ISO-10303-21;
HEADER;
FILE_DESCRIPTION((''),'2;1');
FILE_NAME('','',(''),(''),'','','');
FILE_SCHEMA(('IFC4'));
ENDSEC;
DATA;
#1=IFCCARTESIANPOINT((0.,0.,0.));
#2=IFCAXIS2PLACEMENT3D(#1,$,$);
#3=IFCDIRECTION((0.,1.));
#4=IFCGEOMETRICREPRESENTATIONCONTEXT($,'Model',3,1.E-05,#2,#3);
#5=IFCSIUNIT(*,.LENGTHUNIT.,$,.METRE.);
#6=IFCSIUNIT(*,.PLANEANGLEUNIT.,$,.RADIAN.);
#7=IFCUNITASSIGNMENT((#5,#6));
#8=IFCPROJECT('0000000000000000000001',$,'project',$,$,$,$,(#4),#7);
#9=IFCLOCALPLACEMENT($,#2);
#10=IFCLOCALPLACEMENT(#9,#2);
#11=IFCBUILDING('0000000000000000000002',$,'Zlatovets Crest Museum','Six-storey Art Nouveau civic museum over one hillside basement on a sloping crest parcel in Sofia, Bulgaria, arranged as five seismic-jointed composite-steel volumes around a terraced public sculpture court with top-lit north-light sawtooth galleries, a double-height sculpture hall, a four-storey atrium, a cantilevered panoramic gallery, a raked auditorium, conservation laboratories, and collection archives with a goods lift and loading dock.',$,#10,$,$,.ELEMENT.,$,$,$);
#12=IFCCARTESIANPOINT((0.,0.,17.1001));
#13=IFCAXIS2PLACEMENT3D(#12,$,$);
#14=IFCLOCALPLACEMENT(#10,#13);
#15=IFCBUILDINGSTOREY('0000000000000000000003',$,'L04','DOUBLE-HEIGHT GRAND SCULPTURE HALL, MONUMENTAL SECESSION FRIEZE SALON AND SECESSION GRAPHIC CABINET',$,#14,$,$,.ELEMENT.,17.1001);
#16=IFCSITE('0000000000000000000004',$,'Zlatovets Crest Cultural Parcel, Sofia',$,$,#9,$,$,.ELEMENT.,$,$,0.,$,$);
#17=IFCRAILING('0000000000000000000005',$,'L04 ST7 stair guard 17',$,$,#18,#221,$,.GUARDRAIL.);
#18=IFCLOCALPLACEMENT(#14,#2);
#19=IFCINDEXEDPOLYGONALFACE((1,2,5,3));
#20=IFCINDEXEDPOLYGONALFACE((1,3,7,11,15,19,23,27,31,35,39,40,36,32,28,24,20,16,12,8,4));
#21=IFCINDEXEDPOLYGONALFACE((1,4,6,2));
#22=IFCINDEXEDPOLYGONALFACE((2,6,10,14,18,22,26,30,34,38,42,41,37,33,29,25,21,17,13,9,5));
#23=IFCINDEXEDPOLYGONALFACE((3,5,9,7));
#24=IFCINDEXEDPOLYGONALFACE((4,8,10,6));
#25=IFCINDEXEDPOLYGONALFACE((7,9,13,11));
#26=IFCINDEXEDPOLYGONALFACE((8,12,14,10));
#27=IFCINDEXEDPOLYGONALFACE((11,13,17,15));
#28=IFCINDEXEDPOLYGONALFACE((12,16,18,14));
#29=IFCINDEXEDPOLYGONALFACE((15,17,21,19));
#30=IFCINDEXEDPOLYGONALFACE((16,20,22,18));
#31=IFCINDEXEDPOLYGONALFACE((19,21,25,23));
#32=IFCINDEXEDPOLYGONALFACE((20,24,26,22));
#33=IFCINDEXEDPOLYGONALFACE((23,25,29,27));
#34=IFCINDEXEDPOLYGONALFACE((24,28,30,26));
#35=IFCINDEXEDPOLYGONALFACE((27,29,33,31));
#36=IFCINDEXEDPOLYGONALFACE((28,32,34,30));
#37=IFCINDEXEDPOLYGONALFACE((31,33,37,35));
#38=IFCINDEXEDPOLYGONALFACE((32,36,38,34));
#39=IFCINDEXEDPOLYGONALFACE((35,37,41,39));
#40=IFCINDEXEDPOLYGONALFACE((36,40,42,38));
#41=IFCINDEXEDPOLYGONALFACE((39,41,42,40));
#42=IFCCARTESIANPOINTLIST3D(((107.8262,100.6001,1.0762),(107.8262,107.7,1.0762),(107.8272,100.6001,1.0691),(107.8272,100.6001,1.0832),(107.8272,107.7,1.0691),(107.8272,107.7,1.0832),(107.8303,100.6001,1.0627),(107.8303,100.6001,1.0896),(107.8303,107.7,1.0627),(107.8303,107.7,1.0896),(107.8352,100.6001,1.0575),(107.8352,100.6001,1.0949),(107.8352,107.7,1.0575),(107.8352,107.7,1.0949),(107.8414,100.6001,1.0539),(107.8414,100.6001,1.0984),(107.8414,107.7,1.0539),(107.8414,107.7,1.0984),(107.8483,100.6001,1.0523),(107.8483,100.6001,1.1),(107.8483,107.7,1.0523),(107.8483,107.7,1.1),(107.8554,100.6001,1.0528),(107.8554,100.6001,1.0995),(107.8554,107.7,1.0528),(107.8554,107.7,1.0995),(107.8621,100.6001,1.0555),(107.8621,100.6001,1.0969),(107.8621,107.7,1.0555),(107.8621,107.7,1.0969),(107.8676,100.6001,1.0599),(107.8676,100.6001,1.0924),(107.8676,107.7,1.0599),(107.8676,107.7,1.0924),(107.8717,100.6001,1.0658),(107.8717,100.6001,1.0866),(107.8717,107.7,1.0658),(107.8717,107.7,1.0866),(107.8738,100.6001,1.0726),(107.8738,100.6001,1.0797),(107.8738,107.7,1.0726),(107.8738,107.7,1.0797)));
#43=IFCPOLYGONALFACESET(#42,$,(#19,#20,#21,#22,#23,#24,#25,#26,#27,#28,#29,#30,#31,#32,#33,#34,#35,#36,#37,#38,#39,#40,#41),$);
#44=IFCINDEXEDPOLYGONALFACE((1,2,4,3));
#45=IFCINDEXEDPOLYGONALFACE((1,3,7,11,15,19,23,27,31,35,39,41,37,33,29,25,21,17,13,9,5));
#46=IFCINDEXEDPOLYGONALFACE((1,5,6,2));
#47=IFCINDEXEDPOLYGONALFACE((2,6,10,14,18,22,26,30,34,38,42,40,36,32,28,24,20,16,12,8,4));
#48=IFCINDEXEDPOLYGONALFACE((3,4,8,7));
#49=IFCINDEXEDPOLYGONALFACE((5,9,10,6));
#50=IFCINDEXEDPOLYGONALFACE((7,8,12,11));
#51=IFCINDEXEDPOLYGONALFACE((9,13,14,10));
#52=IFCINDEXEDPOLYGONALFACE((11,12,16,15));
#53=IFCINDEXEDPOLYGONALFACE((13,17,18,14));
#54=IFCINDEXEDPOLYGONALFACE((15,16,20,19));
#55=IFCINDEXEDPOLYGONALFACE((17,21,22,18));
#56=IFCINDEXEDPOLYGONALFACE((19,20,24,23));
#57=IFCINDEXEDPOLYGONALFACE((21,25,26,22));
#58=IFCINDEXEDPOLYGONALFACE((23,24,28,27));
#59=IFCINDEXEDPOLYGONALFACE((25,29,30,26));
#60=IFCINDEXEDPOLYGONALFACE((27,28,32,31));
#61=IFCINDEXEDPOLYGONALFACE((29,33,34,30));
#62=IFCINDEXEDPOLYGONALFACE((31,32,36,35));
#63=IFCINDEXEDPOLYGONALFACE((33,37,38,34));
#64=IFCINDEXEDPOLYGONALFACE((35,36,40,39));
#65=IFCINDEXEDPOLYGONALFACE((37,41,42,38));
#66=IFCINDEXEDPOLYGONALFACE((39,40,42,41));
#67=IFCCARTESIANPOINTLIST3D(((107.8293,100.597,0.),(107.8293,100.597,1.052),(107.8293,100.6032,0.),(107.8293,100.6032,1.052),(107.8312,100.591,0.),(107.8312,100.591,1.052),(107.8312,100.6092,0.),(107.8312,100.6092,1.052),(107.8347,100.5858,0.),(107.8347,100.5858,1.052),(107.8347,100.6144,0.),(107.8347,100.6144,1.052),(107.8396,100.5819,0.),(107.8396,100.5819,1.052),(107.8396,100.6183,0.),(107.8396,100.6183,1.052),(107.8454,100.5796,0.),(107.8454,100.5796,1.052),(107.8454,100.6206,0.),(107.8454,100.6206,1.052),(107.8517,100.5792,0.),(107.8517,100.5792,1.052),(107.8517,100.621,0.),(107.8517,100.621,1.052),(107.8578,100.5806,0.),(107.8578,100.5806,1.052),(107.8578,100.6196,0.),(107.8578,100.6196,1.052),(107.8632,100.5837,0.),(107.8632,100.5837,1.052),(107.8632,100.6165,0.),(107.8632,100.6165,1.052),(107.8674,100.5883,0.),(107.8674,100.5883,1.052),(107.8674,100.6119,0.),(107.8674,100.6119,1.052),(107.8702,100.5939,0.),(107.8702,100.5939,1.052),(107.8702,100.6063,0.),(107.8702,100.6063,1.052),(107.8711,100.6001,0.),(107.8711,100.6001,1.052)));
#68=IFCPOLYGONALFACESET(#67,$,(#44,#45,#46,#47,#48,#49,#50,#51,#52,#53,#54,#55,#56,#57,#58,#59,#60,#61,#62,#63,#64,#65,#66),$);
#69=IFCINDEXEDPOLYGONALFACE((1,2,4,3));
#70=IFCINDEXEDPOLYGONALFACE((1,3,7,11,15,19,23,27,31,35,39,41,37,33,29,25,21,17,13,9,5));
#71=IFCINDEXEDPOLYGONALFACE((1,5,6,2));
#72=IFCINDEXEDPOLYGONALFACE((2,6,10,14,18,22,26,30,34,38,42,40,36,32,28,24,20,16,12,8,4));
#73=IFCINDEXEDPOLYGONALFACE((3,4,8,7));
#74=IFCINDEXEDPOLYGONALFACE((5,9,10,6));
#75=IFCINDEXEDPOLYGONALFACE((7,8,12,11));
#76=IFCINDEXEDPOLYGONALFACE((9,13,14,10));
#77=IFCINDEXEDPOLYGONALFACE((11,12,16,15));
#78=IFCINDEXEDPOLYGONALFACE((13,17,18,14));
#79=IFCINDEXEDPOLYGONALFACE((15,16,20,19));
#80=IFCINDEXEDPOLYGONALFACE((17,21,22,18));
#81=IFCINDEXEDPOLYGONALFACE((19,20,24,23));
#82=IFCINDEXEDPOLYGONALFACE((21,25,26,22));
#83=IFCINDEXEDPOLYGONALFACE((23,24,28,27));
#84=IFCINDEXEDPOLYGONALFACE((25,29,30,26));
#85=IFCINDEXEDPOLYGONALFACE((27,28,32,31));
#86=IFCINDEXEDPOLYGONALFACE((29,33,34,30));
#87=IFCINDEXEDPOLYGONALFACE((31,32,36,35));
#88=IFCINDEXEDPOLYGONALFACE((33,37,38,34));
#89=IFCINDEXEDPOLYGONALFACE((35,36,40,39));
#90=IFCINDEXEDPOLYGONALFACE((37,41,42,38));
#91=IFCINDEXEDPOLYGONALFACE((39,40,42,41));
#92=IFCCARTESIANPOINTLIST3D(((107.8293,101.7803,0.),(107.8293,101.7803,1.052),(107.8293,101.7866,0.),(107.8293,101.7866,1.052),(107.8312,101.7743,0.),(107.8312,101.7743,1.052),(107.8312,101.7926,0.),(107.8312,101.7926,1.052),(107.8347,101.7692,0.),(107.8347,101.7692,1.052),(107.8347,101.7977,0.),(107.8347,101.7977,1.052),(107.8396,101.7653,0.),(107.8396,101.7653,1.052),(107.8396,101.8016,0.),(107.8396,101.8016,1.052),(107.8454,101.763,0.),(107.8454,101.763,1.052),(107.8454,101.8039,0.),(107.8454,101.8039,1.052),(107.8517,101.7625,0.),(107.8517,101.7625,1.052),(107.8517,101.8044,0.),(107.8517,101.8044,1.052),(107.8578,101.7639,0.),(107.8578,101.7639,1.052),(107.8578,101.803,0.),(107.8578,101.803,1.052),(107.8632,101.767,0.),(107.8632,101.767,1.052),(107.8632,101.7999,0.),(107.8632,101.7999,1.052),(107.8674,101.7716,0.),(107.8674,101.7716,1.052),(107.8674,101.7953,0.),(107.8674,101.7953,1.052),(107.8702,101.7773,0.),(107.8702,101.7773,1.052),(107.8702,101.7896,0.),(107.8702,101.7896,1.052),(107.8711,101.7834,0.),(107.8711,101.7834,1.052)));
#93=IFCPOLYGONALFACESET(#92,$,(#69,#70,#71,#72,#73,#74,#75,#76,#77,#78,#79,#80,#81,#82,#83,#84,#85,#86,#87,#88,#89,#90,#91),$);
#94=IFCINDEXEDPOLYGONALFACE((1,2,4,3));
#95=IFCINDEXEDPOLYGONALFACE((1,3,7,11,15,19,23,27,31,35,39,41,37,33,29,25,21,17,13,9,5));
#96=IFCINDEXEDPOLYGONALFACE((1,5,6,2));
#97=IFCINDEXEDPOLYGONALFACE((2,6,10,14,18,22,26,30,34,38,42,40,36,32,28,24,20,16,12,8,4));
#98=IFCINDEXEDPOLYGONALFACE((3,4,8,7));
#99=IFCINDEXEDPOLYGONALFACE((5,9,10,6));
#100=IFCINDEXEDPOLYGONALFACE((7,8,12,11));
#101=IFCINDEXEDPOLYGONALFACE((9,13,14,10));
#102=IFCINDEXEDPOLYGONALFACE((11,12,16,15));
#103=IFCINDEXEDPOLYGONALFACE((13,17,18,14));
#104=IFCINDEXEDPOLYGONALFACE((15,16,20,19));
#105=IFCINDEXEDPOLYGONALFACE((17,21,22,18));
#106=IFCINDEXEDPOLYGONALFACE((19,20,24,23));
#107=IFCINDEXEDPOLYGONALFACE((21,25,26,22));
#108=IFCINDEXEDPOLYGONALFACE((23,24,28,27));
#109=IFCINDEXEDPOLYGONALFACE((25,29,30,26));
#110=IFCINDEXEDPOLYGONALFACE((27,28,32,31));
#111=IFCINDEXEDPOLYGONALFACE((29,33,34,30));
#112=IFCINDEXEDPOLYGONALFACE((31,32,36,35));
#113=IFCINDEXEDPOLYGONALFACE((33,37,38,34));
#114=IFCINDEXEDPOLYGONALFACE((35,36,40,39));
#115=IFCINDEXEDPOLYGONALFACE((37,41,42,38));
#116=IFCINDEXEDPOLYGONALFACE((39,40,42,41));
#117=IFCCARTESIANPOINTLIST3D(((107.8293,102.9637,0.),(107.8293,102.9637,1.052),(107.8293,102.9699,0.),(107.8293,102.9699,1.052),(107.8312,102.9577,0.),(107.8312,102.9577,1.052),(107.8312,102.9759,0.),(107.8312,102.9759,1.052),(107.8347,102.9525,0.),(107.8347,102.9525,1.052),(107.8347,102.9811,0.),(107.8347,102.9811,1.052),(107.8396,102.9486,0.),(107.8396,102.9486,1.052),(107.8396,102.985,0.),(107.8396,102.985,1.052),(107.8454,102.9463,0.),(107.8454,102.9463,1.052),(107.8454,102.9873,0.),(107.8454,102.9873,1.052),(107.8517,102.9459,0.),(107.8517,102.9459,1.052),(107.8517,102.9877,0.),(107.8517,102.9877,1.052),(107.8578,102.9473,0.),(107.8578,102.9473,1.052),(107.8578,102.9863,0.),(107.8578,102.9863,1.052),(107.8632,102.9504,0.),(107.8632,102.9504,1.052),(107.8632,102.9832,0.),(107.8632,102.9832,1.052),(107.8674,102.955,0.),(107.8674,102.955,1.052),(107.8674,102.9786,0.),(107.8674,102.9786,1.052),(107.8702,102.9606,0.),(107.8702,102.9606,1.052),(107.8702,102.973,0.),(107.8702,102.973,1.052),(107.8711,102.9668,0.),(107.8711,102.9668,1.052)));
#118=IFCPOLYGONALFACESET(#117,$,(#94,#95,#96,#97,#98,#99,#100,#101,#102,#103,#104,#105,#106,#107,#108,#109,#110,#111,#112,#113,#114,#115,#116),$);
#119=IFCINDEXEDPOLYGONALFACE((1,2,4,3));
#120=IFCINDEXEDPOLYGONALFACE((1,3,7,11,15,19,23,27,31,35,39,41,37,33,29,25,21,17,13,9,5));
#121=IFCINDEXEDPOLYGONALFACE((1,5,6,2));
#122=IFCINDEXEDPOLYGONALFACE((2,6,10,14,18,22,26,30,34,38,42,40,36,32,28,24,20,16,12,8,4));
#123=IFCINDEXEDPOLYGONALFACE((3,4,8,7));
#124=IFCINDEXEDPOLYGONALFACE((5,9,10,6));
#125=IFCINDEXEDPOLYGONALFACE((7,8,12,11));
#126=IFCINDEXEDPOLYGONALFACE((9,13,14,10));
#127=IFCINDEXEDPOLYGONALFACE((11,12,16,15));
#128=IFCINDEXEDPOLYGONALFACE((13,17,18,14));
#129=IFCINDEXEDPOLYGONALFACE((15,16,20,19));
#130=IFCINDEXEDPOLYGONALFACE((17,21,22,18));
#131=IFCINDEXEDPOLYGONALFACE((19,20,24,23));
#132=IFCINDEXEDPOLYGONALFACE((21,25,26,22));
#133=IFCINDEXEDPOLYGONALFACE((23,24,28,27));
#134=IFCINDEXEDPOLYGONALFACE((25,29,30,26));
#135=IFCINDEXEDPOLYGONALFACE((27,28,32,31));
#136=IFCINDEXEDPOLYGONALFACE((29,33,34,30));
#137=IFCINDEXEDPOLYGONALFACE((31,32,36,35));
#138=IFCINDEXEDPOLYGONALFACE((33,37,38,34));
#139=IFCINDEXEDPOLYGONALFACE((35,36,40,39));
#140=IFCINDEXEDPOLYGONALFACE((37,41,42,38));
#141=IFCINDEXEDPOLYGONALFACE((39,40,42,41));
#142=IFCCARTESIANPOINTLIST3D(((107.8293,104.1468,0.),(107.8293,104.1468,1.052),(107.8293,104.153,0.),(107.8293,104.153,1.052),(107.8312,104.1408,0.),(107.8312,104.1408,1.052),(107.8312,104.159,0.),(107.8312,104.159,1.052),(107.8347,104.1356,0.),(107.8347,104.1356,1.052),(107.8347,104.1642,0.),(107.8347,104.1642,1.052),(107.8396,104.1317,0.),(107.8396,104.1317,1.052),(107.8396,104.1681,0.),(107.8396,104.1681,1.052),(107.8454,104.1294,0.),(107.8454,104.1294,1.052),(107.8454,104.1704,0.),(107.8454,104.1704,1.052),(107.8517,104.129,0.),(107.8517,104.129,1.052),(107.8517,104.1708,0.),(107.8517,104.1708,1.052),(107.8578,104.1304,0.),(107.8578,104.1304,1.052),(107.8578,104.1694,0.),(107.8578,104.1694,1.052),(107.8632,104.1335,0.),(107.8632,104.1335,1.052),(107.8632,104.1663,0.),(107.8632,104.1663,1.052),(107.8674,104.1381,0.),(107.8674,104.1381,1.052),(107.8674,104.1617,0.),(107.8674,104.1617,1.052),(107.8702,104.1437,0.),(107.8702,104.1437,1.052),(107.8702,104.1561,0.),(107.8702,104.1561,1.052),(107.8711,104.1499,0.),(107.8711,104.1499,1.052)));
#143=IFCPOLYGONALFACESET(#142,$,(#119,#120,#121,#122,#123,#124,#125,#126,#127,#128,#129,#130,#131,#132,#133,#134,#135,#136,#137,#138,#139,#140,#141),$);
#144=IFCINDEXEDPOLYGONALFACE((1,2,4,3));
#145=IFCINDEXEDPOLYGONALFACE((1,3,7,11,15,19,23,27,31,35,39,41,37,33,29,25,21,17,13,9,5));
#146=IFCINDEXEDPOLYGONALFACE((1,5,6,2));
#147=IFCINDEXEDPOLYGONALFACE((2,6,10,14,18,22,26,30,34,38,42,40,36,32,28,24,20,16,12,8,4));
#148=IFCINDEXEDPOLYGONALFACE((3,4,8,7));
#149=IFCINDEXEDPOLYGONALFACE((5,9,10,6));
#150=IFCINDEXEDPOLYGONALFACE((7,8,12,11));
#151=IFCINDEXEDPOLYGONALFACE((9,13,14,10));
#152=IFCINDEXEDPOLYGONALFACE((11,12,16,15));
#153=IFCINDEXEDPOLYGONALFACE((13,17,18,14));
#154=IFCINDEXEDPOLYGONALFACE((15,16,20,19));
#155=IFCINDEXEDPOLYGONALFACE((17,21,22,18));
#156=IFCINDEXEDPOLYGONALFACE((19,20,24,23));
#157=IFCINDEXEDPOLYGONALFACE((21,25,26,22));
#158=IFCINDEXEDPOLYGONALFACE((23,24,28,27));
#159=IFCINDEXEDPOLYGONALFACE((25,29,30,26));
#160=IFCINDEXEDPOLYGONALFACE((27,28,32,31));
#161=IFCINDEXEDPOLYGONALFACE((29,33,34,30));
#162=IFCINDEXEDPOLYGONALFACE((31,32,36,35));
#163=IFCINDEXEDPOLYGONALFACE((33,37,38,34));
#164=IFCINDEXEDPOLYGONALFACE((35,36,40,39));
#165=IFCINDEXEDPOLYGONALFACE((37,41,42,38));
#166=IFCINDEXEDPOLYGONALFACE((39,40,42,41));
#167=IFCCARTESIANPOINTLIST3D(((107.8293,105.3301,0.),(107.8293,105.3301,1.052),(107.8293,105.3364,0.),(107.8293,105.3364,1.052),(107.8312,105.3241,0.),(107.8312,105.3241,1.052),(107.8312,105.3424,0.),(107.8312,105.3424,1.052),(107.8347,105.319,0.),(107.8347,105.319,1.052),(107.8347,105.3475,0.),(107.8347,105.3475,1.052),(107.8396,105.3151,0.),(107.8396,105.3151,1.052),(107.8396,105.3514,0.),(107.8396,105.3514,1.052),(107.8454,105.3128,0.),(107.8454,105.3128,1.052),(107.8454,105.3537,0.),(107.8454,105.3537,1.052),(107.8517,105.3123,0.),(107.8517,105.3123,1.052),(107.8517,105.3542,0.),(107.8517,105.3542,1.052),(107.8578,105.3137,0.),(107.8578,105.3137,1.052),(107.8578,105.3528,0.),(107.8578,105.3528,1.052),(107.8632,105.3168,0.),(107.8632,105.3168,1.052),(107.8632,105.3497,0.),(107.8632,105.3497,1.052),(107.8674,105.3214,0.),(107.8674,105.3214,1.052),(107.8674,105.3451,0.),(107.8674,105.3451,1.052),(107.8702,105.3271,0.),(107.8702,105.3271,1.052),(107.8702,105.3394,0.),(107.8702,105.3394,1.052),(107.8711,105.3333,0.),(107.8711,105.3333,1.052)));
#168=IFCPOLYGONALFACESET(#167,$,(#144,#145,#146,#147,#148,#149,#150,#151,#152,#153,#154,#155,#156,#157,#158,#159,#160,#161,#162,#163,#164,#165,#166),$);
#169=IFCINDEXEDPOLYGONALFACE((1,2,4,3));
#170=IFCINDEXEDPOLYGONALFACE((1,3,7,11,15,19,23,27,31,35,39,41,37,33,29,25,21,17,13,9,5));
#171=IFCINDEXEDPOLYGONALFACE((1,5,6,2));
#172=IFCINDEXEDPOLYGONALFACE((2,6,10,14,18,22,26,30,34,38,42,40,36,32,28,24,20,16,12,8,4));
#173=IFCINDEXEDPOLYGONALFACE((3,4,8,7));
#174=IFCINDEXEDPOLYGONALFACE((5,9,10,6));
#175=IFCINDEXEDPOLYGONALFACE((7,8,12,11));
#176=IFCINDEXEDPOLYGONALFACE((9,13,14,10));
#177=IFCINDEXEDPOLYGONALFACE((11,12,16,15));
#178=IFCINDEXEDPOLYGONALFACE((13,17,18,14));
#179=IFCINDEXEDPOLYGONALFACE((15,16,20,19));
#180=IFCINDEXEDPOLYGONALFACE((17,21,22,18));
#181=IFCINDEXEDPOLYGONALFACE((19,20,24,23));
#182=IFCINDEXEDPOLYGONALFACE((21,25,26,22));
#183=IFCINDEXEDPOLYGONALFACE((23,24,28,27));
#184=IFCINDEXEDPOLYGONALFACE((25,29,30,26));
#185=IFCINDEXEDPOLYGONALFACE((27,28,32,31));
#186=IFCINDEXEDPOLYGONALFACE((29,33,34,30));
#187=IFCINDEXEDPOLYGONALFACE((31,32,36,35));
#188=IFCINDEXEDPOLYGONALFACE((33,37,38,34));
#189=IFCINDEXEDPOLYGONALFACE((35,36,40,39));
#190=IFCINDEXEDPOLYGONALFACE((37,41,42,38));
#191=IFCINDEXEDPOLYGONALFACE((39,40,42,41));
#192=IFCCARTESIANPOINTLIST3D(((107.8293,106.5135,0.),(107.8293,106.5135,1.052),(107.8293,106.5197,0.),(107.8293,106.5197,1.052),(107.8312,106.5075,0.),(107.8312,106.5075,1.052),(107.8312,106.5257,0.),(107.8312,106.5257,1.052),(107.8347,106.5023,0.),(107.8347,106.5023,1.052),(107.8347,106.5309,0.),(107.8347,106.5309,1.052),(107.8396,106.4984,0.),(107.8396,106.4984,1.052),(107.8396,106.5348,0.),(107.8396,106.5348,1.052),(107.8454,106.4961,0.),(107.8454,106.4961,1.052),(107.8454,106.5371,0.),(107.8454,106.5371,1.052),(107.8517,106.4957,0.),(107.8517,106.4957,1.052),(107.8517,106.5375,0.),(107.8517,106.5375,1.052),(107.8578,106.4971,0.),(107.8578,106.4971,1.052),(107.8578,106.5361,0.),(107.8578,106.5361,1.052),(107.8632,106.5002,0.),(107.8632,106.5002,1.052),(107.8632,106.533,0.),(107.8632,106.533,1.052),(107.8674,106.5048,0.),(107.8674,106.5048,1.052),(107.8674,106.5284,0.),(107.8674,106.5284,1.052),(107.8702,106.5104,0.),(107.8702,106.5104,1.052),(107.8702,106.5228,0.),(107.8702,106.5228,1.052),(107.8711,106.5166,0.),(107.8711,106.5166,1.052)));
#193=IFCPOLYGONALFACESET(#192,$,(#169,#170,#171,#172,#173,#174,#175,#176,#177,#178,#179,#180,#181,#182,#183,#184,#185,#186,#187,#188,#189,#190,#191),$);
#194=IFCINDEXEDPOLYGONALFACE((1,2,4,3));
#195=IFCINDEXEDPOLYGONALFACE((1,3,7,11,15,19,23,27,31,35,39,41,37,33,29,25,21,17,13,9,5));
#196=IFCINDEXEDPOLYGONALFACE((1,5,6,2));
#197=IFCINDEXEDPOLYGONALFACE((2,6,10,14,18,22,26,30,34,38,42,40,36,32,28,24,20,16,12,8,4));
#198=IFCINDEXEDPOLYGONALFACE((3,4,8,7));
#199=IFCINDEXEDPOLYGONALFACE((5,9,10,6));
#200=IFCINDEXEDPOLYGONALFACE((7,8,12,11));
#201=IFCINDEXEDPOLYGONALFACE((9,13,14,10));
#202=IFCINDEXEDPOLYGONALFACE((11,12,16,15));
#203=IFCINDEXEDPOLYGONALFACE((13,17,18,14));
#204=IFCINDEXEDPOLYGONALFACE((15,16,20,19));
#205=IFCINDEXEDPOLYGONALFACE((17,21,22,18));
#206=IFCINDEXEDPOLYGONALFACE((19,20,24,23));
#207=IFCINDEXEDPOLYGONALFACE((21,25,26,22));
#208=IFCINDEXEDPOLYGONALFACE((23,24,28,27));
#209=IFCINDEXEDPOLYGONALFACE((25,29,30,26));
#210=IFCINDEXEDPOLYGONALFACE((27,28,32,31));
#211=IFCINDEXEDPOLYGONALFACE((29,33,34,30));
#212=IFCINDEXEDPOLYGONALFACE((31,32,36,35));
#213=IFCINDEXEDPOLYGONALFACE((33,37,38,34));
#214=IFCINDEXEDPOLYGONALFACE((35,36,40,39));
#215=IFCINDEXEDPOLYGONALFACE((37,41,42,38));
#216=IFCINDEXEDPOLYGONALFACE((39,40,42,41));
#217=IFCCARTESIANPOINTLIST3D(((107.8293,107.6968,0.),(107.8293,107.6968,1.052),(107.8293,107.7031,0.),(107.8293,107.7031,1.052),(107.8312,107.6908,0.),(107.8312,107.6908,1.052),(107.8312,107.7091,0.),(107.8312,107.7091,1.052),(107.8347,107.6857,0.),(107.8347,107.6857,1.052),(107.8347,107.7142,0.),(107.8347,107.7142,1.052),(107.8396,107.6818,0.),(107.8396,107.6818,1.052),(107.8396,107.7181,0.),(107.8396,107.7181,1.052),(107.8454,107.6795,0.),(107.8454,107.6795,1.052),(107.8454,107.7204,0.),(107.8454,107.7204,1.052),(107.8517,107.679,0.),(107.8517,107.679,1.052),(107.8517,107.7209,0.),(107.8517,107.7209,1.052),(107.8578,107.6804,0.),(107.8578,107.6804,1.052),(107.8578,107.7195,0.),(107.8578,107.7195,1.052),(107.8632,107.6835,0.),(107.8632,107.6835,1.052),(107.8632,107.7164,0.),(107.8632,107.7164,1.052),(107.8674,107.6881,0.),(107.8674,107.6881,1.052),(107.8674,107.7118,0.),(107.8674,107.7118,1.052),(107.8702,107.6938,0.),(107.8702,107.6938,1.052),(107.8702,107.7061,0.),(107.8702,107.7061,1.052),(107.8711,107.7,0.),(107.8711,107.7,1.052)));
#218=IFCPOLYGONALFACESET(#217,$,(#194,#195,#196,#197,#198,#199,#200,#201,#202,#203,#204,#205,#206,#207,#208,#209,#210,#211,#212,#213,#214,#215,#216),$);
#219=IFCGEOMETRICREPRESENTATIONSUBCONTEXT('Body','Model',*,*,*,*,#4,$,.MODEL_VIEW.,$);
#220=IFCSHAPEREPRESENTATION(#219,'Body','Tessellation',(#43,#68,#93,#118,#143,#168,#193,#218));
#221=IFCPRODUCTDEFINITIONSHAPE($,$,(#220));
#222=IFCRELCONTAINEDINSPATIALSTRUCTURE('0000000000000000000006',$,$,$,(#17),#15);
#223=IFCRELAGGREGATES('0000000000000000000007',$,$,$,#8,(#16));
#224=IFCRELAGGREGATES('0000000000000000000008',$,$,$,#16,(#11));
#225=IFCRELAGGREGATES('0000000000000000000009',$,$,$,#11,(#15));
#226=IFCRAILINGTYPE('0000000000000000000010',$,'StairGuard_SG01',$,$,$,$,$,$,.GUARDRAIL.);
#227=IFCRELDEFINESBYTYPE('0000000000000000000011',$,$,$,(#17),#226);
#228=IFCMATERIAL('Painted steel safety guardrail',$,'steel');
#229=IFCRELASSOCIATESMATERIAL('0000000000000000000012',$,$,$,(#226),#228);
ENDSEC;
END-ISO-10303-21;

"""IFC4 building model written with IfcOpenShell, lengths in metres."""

from ifc_helpers import new_model, si_unit, direction, frame, origin, origin_2d, place, context, subcontext, project, spatial, circle, extrude, material, type_object, element, save


model = new_model("IFC4")

# Units and contexts
model_context = context("Model", 3, precision=1e-05, world=origin(), true_north=direction((0.0, 1.0)))
body_context = subcontext(model_context, "Body", "Model", "MODEL_VIEW")
ifc_project = project(units=[si_unit("LENGTHUNIT", "METRE"), si_unit("PLANEANGLEUNIT", "RADIAN")], contexts=[model_context])

# Site, building, storey
site_placement = place(None, origin())
site = spatial("IfcSite", under=ifc_project, at=site_placement, Name="Zlatovets Crest Cultural Parcel, Sofia", CompositionType="ELEMENT", RefElevation=0.0)
building_placement = place(site_placement, origin())
building = spatial("IfcBuilding", under=site, at=building_placement, Name="Zlatovets Crest Museum", Description="Six-storey Art Nouveau civic museum over one hillside basement on a sloping crest parcel in Sofia, Bulgaria, arranged as five seismic-jointed composite-steel volumes around a terraced public sculpture court with top-lit north-light sawtooth galleries, a double-height sculpture hall, a four-storey atrium, a cantilevered panoramic gallery, a raked auditorium, conservation laboratories, and collection archives with a goods lift and loading dock.", CompositionType="ELEMENT")
storey_placement = place(building_placement, frame((0.0, 0.0, 17.1001)))
storey = spatial("IfcBuildingStorey", under=building, at=storey_placement, Name="L04", Description="DOUBLE-HEIGHT GRAND SCULPTURE HALL, MONUMENTAL SECESSION FRIEZE SALON AND SECESSION GRAPHIC CABINET", CompositionType="ELEMENT", Elevation=17.1001)

# Railing
ifc_material_1 = material(Name="Painted steel safety guardrail", Category="steel")
railing_type = type_object("IfcRailingType", Name="StairGuard_SG01", PredefinedType="GUARDRAIL", material=ifc_material_1)
railing_placement = place(storey_placement, frame((107.8501, 100.6001, 0.0)))
element("IfcRailing", 1, at=railing_placement, inside=storey, type_object=railing_type, Name="L04 ST7 stair guard 17", PredefinedType="GUARDRAIL", context=body_context, shape_type="SweptSolid", body=[
    extrude(circle(Radius=0.0239, at=origin_2d()), frame((0.0, 0.0, 1.0762), z_axis=(0.0, 1.0, 0.0), x_axis=(-1.0, 0.0, 0.0)), (0.0, 0.0, 1.0), 7.0999),
    extrude(circle(Radius=0.021, at=origin_2d()), origin(), (0.0, 0.0, 1.0), 1.052),
    extrude(circle(Radius=0.021, at=origin_2d()), frame((0.0, 1.1833, 0.0)), (0.0, 0.0, 1.0), 1.052),
    extrude(circle(Radius=0.021, at=origin_2d()), frame((0.0, 2.3667, 0.0)), (0.0, 0.0, 1.0), 1.052),
    extrude(circle(Radius=0.021, at=origin_2d()), frame((0.0, 3.5498, 0.0)), (0.0, 0.0, 1.0), 1.052),
    extrude(circle(Radius=0.021, at=origin_2d()), frame((0.0, 4.7332, 0.0)), (0.0, 0.0, 1.0), 1.052),
    extrude(circle(Radius=0.021, at=origin_2d()), frame((0.0, 5.9165, 0.0)), (0.0, 0.0, 1.0), 1.052),
    extrude(circle(Radius=0.021, at=origin_2d()), frame((0.0, 7.0999, 0.0)), (0.0, 0.0, 1.0), 1.052),
])

save(model, "model.ifc")
